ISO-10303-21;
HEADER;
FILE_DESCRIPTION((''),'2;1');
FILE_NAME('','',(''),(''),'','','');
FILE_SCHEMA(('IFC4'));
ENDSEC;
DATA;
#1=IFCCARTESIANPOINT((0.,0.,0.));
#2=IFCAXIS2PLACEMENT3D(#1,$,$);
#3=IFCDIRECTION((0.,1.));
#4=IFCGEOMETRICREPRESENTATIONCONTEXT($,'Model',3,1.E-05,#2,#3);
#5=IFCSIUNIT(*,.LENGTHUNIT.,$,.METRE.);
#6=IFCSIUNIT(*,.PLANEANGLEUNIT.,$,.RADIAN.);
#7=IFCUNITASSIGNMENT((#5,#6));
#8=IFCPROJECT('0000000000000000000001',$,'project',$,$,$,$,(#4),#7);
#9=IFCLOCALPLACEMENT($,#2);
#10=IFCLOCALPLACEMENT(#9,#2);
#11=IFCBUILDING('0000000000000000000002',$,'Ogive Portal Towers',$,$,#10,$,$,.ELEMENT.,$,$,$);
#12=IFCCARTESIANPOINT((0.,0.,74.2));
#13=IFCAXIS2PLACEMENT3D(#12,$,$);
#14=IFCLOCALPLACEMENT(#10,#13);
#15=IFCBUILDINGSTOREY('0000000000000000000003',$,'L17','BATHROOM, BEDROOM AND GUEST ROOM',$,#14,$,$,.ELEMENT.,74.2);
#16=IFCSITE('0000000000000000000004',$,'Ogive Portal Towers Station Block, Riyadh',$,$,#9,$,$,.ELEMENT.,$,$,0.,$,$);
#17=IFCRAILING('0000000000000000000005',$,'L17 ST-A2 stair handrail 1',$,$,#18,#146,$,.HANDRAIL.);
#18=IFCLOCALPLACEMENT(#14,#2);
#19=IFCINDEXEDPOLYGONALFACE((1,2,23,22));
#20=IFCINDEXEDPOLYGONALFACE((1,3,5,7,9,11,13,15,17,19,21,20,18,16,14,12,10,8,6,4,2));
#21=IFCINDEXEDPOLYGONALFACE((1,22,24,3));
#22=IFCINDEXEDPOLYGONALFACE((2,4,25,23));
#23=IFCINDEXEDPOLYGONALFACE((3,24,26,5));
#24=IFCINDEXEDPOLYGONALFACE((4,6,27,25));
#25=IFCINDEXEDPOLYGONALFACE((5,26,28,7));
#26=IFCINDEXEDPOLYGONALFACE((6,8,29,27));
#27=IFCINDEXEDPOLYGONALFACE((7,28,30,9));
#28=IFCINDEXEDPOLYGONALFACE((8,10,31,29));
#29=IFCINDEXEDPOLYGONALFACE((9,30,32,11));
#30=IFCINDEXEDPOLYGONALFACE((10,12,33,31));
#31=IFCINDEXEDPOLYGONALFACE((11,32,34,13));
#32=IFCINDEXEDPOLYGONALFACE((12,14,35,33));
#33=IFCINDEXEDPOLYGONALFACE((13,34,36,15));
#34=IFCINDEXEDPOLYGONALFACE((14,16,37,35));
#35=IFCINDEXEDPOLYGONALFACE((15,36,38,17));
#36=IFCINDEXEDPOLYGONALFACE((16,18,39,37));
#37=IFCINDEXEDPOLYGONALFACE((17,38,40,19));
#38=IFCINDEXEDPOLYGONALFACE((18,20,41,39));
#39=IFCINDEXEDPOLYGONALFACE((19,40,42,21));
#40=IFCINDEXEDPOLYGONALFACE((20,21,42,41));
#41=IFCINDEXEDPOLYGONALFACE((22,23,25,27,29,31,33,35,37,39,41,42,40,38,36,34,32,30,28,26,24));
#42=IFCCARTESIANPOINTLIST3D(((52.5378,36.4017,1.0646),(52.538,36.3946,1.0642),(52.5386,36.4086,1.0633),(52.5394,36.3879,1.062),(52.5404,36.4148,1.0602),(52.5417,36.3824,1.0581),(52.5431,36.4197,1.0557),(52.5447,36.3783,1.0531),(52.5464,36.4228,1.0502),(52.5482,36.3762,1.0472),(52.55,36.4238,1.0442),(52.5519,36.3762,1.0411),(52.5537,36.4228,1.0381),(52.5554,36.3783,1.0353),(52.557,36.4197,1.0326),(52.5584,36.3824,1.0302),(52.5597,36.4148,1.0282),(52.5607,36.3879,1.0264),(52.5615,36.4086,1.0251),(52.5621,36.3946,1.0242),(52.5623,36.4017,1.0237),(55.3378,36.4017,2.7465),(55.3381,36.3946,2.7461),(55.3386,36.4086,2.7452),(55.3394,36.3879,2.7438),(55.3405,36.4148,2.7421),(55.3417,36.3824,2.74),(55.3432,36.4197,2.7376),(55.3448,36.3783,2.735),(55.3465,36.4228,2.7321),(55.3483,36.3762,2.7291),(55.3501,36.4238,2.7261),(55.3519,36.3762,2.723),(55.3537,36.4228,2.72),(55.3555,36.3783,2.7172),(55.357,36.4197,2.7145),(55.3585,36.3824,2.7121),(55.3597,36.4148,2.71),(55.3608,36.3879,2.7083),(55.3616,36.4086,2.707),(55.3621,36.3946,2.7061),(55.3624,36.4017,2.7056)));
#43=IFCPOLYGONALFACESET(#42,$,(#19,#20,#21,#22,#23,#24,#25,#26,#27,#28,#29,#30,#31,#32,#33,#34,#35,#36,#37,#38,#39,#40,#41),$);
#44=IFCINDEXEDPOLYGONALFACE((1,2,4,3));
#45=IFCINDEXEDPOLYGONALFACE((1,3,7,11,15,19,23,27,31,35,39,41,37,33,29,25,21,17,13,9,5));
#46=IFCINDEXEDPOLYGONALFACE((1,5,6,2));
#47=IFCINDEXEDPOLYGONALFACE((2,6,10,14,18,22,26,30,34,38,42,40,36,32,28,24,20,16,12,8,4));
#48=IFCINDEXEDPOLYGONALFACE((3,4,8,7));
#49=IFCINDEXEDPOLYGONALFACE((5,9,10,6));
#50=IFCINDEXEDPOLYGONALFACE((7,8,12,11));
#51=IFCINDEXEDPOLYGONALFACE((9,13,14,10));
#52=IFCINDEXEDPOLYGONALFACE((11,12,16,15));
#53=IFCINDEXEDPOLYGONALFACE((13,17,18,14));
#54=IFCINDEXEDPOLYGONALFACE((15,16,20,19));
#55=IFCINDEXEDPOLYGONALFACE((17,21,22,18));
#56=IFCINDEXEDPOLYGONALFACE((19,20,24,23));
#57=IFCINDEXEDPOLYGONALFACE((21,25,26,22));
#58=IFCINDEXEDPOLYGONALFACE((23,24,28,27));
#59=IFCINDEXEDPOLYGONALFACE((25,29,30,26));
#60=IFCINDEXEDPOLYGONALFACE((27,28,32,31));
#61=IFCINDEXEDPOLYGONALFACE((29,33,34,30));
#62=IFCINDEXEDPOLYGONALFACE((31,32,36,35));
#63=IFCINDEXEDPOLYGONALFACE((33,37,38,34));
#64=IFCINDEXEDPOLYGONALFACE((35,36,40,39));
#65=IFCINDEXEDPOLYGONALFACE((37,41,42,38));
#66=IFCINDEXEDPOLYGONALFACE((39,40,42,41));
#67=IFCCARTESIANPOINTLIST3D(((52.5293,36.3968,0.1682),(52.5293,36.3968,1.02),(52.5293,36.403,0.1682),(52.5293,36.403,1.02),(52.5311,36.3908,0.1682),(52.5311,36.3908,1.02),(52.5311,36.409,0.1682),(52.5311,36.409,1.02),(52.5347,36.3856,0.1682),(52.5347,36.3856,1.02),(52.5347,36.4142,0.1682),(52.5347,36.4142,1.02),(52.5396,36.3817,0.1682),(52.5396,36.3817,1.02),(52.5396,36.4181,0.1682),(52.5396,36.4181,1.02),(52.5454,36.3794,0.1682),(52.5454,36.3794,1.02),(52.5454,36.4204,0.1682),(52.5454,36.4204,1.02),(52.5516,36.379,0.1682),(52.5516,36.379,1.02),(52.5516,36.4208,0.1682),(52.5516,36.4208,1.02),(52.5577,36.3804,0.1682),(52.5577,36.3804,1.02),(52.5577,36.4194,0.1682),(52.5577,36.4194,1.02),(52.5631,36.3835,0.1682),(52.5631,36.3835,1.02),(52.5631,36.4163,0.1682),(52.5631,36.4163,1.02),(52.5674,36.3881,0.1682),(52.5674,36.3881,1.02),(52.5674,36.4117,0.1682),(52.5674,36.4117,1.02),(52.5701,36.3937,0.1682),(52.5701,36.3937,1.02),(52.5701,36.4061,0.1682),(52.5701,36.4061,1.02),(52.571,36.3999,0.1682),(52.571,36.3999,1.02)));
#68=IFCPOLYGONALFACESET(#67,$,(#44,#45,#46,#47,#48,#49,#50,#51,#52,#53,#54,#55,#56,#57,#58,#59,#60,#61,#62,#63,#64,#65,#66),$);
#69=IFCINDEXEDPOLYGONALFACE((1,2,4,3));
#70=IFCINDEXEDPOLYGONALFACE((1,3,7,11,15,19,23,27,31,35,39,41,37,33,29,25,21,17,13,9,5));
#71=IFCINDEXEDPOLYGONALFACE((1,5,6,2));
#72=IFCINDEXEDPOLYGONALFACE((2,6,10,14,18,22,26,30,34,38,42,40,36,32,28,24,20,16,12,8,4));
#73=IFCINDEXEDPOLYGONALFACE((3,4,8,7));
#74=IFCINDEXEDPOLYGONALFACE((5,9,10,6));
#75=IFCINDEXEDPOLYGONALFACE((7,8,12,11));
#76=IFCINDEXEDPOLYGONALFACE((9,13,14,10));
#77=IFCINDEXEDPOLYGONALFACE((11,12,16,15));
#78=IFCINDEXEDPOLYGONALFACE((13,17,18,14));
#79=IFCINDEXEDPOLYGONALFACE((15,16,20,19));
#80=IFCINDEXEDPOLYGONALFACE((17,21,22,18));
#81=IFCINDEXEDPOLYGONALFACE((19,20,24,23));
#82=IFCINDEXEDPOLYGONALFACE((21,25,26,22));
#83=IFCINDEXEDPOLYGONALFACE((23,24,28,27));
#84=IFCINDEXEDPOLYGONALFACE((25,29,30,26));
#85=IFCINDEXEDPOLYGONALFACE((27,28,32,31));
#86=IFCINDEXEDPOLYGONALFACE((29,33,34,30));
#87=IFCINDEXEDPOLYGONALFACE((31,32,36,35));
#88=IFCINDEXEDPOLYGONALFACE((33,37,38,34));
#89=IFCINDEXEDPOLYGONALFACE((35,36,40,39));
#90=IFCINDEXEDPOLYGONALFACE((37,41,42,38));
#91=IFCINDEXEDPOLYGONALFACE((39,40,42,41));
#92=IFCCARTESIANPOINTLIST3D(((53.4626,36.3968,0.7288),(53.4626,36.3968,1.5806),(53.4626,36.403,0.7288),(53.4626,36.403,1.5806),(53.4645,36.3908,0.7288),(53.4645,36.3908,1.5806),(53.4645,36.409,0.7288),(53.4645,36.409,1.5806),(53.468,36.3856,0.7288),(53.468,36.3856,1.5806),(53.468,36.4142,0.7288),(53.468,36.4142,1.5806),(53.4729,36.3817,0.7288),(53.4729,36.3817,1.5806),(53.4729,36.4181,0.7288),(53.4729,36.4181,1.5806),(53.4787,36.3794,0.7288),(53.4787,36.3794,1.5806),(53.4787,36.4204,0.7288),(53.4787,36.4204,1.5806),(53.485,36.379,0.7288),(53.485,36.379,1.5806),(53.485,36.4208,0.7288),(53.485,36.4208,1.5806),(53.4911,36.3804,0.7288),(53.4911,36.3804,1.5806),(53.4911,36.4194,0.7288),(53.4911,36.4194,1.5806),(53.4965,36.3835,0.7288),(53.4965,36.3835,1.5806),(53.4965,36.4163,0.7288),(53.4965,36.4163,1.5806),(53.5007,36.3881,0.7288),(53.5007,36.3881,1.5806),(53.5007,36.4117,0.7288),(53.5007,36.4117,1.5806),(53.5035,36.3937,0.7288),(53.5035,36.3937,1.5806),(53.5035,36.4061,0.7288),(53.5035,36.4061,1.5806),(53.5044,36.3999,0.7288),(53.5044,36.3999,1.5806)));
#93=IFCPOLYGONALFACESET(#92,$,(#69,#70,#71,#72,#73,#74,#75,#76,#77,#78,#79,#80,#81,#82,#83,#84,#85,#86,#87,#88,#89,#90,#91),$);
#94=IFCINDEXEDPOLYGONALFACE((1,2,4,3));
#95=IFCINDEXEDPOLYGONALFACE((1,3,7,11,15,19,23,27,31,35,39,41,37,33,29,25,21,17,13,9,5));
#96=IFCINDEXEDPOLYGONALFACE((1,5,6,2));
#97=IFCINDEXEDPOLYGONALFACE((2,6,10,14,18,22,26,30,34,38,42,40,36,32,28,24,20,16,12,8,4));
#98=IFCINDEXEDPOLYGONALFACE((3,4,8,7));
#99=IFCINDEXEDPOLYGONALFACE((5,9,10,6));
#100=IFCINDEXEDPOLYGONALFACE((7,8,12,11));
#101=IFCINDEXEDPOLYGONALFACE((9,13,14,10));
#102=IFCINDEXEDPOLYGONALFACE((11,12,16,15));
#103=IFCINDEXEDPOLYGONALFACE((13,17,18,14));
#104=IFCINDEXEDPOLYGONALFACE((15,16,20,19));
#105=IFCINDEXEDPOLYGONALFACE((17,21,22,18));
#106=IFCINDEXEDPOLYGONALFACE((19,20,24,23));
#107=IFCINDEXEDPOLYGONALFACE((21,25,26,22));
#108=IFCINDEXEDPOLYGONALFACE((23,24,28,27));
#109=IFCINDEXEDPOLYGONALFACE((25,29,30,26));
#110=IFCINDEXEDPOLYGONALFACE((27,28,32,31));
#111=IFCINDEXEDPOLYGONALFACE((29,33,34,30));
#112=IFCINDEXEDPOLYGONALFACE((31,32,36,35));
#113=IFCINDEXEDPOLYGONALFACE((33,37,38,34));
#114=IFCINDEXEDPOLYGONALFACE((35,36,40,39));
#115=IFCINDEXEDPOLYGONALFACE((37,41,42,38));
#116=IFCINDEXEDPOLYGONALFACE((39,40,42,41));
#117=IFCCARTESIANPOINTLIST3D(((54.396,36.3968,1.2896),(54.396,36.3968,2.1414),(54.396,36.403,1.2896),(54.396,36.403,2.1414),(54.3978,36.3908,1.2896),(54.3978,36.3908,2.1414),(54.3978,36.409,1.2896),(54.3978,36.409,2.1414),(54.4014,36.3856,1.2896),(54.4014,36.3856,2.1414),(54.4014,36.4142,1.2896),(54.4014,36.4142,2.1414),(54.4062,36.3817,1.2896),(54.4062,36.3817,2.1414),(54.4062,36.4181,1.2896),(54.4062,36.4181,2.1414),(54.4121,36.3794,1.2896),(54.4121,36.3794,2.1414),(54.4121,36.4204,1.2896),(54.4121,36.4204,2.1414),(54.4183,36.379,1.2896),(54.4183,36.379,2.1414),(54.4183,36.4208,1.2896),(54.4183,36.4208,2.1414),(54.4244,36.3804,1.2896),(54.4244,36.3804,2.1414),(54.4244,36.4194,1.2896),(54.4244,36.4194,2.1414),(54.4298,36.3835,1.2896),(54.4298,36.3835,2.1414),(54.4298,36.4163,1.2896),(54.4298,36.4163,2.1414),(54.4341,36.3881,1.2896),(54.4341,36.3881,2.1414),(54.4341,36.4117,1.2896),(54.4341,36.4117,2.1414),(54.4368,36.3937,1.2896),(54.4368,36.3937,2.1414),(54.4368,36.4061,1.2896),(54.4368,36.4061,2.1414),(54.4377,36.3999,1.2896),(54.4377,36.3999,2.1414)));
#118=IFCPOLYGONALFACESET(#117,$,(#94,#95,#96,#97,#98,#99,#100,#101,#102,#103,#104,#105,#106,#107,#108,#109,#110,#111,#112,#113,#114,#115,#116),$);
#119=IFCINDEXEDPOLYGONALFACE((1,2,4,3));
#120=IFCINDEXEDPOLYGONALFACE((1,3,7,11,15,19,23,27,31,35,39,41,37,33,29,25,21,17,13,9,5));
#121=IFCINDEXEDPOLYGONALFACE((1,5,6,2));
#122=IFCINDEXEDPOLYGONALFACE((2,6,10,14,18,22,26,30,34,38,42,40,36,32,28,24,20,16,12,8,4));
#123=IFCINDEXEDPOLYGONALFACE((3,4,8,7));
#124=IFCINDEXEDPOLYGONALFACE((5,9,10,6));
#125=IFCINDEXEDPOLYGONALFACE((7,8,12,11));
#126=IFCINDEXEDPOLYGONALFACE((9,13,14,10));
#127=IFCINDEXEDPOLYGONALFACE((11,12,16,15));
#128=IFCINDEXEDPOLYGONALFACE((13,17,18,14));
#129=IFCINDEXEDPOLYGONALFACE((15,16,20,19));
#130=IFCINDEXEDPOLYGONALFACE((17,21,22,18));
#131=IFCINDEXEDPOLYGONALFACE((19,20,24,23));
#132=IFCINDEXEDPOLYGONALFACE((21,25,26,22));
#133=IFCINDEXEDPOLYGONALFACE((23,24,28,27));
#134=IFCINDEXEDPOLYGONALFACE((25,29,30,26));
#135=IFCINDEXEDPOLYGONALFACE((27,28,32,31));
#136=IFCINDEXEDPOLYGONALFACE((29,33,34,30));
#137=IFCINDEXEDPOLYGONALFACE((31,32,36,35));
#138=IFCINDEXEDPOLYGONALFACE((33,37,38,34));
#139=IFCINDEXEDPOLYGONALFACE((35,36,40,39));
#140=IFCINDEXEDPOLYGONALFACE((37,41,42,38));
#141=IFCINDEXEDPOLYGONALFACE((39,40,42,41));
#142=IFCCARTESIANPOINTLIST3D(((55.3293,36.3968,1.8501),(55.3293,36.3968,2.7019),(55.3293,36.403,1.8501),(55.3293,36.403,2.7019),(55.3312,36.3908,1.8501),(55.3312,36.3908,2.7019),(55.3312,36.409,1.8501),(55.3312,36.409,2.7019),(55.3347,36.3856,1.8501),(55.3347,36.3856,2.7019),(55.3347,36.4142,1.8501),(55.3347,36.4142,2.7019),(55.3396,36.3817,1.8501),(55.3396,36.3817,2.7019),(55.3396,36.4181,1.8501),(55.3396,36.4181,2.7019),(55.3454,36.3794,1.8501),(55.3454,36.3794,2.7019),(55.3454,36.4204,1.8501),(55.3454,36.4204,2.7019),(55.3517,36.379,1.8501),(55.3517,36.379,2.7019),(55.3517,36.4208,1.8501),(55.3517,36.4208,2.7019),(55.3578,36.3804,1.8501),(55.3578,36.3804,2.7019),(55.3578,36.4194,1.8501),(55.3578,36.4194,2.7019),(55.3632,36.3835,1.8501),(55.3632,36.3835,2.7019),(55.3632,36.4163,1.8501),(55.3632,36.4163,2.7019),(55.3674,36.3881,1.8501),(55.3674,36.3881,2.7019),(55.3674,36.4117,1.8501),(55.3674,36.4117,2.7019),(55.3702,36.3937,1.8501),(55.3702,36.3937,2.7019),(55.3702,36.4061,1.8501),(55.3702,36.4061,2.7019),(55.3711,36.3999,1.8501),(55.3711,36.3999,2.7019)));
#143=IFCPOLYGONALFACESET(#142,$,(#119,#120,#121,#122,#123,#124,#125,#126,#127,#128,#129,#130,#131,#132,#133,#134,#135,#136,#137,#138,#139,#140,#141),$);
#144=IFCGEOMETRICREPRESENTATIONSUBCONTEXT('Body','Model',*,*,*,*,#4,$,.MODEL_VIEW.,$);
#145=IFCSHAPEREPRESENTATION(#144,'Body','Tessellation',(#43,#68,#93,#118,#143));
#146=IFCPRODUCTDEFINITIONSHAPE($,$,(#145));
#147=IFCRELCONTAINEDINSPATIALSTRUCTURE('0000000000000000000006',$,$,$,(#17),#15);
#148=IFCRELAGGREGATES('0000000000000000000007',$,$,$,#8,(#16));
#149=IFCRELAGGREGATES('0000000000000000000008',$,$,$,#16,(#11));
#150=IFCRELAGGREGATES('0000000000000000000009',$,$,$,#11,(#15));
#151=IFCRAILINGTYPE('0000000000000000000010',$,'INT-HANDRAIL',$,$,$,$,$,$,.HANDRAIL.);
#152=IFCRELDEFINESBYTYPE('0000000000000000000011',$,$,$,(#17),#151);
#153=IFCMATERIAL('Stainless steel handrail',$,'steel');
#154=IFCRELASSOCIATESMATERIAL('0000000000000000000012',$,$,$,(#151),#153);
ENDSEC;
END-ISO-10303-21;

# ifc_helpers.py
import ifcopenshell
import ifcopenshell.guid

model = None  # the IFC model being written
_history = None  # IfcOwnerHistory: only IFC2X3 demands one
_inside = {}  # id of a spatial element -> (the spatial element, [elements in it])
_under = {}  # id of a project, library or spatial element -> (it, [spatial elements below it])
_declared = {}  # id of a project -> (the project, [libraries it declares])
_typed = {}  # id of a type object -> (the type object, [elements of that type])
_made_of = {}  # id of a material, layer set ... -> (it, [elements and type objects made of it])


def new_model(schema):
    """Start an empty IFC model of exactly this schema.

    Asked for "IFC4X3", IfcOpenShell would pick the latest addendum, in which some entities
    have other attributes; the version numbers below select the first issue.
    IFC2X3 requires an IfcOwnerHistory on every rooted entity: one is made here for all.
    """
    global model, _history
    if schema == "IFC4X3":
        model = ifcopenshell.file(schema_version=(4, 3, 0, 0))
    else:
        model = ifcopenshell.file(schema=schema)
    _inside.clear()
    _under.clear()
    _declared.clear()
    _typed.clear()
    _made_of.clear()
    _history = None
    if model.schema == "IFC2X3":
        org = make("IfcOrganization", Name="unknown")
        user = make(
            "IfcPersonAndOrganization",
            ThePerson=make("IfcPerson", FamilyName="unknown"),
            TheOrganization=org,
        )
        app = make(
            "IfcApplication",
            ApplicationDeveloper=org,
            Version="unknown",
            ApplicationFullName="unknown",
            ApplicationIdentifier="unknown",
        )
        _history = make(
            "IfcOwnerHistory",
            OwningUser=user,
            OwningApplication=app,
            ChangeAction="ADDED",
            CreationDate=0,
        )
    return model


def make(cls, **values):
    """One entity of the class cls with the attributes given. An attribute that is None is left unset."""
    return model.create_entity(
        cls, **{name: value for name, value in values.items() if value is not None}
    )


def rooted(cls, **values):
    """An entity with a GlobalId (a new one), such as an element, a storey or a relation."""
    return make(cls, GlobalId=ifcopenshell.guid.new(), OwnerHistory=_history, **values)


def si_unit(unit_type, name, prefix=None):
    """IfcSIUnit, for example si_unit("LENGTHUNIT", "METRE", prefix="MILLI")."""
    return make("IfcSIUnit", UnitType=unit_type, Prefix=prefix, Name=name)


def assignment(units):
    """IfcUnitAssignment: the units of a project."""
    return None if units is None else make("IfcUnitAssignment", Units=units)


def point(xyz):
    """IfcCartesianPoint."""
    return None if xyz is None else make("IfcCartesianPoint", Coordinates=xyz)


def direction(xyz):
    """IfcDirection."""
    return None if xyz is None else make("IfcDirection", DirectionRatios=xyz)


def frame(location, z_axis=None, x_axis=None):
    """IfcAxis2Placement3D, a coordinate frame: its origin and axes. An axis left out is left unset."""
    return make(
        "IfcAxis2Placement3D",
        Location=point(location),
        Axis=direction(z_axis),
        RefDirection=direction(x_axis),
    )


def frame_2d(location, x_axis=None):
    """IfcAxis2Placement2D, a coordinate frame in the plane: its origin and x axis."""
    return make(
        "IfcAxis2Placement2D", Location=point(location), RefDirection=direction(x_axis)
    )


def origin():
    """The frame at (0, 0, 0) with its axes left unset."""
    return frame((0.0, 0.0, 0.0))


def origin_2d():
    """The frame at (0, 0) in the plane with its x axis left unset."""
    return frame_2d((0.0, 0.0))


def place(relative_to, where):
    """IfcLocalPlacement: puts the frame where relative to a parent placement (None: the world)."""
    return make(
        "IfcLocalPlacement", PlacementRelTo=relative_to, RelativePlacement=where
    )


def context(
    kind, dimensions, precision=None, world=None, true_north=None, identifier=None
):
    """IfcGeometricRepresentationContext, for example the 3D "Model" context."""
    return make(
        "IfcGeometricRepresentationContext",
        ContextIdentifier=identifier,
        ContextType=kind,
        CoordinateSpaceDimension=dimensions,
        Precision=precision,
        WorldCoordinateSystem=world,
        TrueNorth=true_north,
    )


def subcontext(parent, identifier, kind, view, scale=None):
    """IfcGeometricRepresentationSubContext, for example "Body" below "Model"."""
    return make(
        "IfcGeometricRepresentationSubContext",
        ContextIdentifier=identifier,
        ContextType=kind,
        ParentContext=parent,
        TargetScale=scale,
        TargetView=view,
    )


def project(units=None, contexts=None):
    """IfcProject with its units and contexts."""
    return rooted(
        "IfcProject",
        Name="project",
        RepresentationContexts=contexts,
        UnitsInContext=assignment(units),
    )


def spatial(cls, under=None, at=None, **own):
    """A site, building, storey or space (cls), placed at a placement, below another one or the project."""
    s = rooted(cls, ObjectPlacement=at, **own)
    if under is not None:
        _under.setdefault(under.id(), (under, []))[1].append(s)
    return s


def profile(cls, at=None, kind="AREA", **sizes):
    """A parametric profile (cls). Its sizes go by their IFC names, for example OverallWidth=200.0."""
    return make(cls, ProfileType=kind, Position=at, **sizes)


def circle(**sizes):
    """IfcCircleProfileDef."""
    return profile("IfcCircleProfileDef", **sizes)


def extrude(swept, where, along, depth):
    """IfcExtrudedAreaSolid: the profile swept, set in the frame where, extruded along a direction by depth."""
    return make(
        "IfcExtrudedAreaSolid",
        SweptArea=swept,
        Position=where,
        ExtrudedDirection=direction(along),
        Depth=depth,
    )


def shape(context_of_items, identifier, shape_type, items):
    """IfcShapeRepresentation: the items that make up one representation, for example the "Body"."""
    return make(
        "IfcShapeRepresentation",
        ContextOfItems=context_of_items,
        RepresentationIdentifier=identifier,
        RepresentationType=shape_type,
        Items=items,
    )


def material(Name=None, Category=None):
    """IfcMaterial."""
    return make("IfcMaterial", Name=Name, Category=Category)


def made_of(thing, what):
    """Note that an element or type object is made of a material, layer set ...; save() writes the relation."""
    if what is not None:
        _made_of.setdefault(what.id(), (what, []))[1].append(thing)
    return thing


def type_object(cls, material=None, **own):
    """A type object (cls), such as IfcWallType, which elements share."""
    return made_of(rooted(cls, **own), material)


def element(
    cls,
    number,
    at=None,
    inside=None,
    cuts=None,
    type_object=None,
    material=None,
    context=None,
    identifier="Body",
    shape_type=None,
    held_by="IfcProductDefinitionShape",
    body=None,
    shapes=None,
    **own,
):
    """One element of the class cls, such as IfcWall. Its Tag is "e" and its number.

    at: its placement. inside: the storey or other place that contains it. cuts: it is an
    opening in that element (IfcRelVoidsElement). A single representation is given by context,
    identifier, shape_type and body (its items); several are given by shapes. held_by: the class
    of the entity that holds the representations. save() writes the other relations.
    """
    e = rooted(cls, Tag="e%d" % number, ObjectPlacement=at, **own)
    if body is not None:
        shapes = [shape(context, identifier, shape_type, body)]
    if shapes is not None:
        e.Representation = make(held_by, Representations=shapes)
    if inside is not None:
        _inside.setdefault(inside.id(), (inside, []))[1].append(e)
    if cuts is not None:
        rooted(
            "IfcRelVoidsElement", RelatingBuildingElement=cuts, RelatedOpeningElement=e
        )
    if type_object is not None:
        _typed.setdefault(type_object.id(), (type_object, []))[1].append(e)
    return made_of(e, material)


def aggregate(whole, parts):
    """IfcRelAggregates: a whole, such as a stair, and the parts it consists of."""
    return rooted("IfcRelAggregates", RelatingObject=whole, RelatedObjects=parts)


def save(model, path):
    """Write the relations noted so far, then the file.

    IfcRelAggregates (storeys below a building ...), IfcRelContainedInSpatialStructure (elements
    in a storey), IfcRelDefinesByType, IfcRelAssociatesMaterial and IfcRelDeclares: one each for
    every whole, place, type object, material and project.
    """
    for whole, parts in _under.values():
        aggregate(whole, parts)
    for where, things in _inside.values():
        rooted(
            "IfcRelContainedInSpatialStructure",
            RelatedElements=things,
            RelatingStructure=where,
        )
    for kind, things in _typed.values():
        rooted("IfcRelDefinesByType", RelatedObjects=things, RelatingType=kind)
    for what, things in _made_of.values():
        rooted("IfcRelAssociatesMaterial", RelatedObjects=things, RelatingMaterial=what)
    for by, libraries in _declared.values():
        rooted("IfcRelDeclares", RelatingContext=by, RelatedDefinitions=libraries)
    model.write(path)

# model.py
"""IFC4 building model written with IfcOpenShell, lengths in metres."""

from ifc_helpers import new_model, si_unit, direction, frame, origin, origin_2d, place, context, subcontext, project, spatial, circle, extrude, material, type_object, element, save


model = new_model("IFC4")

# Units and contexts
model_context = context("Model", 3, precision=1e-05, world=origin(), true_north=direction((0.0, 1.0)))
body_context = subcontext(model_context, "Body", "Model", "MODEL_VIEW")
ifc_project = project(units=[si_unit("LENGTHUNIT", "METRE"), si_unit("PLANEANGLEUNIT", "RADIAN")], contexts=[model_context])

# Site, building, storey
site_placement = place(None, origin())
site = spatial("IfcSite", under=ifc_project, at=site_placement, Name="Ogive Portal Towers Station Block, Riyadh", CompositionType="ELEMENT", RefElevation=0.0)
building_placement = place(site_placement, origin())
building = spatial("IfcBuilding", under=site, at=building_placement, Name="Ogive Portal Towers", CompositionType="ELEMENT")
storey_placement = place(building_placement, frame((0.0, 0.0, 74.2)))
storey = spatial("IfcBuildingStorey", under=building, at=storey_placement, Name="L17", Description="BATHROOM, BEDROOM AND GUEST ROOM", CompositionType="ELEMENT", Elevation=74.2)

# Railing
ifc_material_1 = material(Name="Stainless steel handrail", Category="steel")
railing_type_1 = type_object("IfcRailingType", Name="INT-HANDRAIL", PredefinedType="HANDRAIL", material=ifc_material_1)
railing_1_placement = place(storey_placement, frame((52.55, 36.3999, 0.1682)))
element("IfcRailing", 1, at=railing_1_placement, inside=storey, type_object=railing_type_1, Name="L17 ST-A2 stair handrail 1", PredefinedType="HANDRAIL", context=body_context, shape_type="SweptSolid", body=[
    extrude(circle(Radius=0.0239, at=origin_2d()), frame((0.0, 0.0, 0.876), z_axis=(0.857242, 0.0, 0.514913), x_axis=(0.0, 1.0, 0.0)), (0.0, 0.0, 1.0), 3.2664),
    extrude(circle(Radius=0.021, at=origin_2d()), origin(), (0.0, 0.0, 1.0), 0.8518),
    extrude(circle(Radius=0.021, at=origin_2d()), frame((0.9333, 0.0, 0.5605)), (0.0, 0.0, 1.0), 0.8518),
    extrude(circle(Radius=0.021, at=origin_2d()), frame((1.8667, 0.0, 1.1213)), (0.0, 0.0, 1.0), 0.8518),
    extrude(circle(Radius=0.021, at=origin_2d()), frame((2.8, 0.0, 1.6819)), (0.0, 0.0, 1.0), 0.8518),
])

save(model, "model.ifc")
